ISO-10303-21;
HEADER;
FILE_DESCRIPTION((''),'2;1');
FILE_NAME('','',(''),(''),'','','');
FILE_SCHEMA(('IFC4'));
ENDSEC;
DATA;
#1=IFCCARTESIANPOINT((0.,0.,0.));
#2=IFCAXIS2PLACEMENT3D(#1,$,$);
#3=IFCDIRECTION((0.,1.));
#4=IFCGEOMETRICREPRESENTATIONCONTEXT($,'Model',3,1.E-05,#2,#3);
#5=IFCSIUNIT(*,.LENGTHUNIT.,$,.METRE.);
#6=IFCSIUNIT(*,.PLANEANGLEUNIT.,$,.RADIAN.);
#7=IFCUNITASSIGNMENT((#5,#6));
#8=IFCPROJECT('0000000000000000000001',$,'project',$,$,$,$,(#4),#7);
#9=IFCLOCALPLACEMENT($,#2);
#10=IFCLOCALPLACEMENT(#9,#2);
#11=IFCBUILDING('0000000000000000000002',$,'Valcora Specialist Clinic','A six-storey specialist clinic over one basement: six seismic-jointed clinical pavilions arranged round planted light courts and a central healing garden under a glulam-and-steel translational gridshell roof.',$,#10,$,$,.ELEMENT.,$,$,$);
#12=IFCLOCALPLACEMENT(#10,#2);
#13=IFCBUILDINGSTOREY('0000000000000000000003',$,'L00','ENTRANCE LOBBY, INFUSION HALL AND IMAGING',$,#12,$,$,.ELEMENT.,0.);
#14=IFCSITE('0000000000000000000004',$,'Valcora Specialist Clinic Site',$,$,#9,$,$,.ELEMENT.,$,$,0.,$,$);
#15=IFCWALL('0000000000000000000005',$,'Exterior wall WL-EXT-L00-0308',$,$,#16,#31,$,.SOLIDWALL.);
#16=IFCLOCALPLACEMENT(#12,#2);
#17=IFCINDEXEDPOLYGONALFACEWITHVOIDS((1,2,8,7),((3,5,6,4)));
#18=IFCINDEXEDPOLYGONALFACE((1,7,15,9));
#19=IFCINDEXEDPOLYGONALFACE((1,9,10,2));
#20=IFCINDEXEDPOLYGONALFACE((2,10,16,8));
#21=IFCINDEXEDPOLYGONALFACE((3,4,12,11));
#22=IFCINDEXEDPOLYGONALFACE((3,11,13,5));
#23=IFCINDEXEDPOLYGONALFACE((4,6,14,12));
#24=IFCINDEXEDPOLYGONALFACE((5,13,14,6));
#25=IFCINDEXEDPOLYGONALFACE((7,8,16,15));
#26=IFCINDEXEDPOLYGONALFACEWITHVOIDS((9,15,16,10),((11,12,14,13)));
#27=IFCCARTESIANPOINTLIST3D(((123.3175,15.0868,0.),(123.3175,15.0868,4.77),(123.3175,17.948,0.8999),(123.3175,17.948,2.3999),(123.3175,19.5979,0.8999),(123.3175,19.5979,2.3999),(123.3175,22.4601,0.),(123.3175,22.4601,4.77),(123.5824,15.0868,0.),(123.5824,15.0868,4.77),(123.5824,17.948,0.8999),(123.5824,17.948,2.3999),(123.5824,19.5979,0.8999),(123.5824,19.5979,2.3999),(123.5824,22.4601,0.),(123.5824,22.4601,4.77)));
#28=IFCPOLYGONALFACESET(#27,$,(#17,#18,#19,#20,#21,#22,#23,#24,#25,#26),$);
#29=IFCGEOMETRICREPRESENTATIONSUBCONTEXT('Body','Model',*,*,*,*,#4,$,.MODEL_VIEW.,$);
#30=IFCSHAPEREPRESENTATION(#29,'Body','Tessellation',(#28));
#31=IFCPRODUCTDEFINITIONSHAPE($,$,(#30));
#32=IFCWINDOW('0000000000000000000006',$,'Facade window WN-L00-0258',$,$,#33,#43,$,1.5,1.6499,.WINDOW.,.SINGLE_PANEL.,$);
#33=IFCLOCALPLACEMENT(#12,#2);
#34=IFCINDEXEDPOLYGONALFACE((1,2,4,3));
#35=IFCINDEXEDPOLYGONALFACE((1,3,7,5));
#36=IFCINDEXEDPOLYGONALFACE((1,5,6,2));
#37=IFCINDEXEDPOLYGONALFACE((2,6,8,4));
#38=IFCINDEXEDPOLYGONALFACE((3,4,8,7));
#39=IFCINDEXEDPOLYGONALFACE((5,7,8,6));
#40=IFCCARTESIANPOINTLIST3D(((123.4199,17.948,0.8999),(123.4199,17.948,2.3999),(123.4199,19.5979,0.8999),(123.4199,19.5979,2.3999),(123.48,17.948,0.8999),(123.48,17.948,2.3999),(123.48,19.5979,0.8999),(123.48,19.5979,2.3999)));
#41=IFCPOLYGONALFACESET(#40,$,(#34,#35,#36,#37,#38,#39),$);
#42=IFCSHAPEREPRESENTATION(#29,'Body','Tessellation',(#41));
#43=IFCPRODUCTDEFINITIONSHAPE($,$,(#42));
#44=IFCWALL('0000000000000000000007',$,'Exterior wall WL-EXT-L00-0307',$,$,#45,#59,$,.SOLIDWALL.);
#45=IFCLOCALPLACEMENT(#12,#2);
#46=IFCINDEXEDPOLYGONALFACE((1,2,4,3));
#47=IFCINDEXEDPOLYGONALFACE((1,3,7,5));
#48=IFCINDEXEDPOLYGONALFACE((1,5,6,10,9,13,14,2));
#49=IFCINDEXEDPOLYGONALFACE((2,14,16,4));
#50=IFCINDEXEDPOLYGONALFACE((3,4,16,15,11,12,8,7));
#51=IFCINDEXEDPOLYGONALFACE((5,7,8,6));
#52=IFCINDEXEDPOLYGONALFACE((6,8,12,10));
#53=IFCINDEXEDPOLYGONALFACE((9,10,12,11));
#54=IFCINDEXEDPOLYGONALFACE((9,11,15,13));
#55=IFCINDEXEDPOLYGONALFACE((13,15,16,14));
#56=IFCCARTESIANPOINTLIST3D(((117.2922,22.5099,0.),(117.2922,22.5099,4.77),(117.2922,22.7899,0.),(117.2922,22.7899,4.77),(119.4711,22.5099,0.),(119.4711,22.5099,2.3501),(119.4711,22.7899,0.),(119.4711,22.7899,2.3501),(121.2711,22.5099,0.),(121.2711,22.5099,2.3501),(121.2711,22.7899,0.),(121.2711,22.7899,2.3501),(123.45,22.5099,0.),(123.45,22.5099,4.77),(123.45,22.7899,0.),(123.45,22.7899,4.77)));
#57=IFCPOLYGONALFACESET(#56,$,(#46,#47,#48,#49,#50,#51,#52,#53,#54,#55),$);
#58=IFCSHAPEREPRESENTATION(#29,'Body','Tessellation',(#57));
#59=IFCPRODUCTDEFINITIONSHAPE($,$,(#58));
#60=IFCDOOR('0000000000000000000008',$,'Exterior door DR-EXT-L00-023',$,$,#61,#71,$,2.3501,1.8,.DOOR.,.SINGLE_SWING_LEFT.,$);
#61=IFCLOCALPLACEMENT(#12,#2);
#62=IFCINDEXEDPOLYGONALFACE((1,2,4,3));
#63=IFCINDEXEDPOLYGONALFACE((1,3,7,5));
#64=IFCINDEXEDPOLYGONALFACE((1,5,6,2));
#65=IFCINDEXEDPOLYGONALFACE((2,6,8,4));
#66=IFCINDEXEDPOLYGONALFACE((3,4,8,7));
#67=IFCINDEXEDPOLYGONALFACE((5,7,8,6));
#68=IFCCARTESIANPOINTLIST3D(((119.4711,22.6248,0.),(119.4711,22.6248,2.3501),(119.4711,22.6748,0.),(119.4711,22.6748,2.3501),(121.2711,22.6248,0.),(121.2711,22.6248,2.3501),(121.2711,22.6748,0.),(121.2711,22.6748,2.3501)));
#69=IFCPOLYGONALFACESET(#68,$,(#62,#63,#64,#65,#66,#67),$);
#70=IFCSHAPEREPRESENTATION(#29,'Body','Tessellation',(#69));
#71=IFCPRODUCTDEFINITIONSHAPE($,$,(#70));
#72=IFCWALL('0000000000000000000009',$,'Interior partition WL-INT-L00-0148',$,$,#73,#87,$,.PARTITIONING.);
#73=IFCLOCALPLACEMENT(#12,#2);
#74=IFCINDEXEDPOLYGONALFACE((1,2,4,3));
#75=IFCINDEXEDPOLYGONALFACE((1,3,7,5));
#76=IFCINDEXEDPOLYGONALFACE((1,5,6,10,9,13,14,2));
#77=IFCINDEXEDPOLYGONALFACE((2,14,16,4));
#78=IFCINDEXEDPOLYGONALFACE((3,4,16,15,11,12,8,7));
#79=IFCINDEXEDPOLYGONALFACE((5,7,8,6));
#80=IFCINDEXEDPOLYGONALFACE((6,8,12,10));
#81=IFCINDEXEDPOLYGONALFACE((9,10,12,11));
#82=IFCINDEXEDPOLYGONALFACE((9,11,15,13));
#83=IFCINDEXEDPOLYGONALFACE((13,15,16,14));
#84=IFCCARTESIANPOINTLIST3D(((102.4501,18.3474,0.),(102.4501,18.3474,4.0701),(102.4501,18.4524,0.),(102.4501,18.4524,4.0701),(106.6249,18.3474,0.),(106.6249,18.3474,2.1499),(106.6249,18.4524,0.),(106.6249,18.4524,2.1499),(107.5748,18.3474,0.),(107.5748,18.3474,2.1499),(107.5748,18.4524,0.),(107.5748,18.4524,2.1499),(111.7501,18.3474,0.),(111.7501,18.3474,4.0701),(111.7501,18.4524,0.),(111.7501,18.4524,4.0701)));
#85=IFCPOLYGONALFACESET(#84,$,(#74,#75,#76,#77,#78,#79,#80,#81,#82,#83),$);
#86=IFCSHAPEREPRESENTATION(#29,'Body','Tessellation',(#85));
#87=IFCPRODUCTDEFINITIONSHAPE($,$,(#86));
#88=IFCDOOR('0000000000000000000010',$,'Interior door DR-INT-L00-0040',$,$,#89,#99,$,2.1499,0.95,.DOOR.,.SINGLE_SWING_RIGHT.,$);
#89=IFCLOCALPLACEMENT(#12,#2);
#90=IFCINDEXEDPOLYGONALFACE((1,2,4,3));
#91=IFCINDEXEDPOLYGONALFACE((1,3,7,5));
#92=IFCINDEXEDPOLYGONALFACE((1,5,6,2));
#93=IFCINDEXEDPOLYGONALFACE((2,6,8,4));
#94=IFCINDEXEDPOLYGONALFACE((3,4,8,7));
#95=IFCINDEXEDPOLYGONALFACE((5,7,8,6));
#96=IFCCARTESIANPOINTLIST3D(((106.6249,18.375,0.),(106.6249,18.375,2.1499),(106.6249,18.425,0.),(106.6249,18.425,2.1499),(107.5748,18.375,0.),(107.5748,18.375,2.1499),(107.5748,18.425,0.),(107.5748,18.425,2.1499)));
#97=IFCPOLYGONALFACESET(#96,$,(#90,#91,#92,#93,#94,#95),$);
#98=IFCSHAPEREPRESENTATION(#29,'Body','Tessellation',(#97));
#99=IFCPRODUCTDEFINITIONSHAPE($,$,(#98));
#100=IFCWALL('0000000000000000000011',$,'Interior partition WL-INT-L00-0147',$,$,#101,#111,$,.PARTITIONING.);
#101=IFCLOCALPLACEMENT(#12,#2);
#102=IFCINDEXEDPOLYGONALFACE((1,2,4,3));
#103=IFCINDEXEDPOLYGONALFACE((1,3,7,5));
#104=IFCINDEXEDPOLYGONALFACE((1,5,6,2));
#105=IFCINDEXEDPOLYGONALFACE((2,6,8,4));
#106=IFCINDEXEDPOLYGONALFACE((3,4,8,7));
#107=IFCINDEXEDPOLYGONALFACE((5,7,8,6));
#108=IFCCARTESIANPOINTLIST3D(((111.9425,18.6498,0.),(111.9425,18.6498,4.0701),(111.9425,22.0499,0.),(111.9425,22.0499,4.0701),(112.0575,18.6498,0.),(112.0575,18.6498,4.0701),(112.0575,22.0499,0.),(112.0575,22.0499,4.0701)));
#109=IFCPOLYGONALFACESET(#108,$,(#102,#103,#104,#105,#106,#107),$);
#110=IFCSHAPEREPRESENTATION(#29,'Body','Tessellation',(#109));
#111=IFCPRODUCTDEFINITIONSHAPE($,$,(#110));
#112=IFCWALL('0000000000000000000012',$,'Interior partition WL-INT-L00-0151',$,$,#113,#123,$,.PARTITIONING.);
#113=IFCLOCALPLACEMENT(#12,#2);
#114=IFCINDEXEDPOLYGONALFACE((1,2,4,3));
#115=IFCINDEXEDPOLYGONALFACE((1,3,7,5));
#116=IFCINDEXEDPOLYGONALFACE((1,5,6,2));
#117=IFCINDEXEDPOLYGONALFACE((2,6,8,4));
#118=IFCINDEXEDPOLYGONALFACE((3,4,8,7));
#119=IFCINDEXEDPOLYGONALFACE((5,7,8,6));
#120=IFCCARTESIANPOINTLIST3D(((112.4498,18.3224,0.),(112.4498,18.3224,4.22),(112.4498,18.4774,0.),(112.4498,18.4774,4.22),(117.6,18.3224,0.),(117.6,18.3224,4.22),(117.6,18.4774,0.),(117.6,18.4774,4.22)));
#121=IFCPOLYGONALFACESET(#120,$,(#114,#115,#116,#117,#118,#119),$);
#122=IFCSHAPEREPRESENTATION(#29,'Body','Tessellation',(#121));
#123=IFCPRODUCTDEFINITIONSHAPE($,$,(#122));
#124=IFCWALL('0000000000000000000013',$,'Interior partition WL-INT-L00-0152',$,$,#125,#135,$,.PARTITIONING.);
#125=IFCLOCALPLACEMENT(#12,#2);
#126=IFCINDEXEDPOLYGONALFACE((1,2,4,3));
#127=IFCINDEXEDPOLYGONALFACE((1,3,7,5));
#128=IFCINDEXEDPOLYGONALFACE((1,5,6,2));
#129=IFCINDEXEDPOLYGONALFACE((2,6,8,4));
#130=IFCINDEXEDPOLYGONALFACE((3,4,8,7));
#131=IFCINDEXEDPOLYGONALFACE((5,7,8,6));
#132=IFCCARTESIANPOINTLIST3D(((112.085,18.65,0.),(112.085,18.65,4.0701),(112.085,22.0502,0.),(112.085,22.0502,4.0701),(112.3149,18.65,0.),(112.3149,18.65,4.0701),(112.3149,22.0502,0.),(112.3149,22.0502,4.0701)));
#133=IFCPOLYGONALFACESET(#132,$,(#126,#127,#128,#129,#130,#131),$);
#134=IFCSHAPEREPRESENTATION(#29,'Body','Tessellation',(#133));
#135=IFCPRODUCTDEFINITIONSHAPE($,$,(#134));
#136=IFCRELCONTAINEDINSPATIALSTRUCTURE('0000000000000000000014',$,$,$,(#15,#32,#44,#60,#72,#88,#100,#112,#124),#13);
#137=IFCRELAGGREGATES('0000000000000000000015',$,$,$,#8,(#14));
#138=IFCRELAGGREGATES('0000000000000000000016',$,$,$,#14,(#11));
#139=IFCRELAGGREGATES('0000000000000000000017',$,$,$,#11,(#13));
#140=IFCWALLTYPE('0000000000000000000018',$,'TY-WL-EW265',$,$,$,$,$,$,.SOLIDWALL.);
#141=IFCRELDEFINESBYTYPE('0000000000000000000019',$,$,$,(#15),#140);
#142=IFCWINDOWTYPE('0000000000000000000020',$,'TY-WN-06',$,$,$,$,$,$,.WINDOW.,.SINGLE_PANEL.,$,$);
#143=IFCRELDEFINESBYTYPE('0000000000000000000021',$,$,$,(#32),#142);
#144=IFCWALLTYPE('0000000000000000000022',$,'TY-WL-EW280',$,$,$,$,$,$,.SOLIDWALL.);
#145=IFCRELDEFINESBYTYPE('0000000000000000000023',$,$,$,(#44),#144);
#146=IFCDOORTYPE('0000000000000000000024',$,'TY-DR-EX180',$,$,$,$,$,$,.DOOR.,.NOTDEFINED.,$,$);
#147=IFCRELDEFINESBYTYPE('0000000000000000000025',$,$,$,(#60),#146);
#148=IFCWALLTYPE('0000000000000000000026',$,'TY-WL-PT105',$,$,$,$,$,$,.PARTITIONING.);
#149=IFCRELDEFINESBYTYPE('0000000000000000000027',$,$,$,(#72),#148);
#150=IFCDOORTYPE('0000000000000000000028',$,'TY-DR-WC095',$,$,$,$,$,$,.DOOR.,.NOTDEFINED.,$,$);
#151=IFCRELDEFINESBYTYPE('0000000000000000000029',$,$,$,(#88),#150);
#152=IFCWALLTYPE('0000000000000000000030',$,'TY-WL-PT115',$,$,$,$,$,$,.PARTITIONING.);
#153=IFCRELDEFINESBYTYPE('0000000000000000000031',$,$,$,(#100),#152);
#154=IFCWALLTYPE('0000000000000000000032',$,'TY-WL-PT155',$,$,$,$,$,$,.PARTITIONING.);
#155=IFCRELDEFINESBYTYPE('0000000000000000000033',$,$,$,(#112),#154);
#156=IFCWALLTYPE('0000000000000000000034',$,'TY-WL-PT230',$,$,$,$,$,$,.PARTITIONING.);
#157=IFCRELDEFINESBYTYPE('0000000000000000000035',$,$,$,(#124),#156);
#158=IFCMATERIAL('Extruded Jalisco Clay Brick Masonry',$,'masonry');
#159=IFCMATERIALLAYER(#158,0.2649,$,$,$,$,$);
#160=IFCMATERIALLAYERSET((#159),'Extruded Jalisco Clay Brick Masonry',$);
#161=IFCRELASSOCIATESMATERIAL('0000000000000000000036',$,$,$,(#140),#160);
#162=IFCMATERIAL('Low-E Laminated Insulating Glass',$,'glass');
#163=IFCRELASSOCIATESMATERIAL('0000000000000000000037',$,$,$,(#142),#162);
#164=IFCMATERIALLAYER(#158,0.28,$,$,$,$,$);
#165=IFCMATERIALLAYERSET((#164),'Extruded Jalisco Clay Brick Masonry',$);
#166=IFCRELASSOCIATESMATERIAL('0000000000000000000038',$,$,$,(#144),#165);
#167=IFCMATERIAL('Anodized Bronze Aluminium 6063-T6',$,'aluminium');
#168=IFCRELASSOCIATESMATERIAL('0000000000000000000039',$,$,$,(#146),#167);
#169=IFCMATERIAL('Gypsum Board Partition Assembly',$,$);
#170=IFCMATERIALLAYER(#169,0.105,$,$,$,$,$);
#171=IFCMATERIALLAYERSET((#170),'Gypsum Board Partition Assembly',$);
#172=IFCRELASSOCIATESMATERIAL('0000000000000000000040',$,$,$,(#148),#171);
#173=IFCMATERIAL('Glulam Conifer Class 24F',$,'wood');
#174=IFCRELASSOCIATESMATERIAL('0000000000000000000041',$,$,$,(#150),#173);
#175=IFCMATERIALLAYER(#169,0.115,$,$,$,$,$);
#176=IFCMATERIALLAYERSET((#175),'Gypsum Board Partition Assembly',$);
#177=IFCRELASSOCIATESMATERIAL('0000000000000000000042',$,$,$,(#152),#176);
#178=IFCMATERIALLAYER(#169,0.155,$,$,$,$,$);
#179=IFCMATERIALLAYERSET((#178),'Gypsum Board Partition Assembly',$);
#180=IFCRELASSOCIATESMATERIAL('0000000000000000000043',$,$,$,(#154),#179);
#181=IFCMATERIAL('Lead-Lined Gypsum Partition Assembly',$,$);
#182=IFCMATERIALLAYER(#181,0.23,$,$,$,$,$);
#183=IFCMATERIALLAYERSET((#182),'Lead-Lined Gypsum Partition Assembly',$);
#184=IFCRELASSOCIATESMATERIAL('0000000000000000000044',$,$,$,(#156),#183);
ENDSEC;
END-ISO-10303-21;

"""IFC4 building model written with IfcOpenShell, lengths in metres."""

from ifc_helpers import new_model, si_unit, direction, frame, frame_2d, origin, place, context, subcontext, project, spatial, rectangle, extrude, material, layer, layer_set, type_object, element, fill, save


model = new_model("IFC4")

# Units and contexts
model_context = context("Model", 3, precision=1e-05, world=origin(), true_north=direction((0.0, 1.0)))
body_context = subcontext(model_context, "Body", "Model", "MODEL_VIEW")
ifc_project = project(units=[si_unit("LENGTHUNIT", "METRE"), si_unit("PLANEANGLEUNIT", "RADIAN")], contexts=[model_context])

# Site, building, storey
site_placement = place(None, origin())
site = spatial("IfcSite", under=ifc_project, at=site_placement, Name="Valcora Specialist Clinic Site", CompositionType="ELEMENT", RefElevation=0.0)
building_placement = place(site_placement, origin())
building = spatial("IfcBuilding", under=site, at=building_placement, Name="Valcora Specialist Clinic", Description="A six-storey specialist clinic over one basement: six seismic-jointed clinical pavilions arranged round planted light courts and a central healing garden under a glulam-and-steel translational gridshell roof.", CompositionType="ELEMENT")
storey_placement = place(building_placement, origin())
storey = spatial("IfcBuildingStorey", under=building, at=storey_placement, Name="L00", Description="ENTRANCE LOBBY, INFUSION HALL AND IMAGING", CompositionType="ELEMENT", Elevation=0.0)

# Wall, opening, window
ifc_material_1 = material(Name="Extruded Jalisco Clay Brick Masonry", Category="masonry")
ifc_layer_1 = layer(ifc_material_1, 0.2649)
ifc_layer_set_1 = layer_set([ifc_layer_1], Name="Extruded Jalisco Clay Brick Masonry")
wall_type_1 = type_object("IfcWallType", Name="TY-WL-EW265", PredefinedType="SOLIDWALL", material=ifc_layer_set_1)
wall_1_placement = place(storey_placement, frame((123.45, 22.46, 0.0), z_axis=(0.0, 0.0, 1.0), x_axis=(0.0, -1.0, 0.0)))
wall_1 = element("IfcWall", 1, at=wall_1_placement, inside=storey, type_object=wall_type_1, Name="Exterior wall WL-EXT-L00-0308", PredefinedType="SOLIDWALL", context=body_context, shape_type="SweptSolid", body=[
    extrude(rectangle(XDim=7.3733, YDim=0.2649, at=frame_2d((3.6865, 0.0))), origin(), (0.0, 0.0, 1.0), 4.77),
])
opening_1_placement = place(wall_1_placement, frame((2.8621, 0.0, 0.8999)))
opening_1 = element("IfcOpeningElement", 2, at=opening_1_placement, cuts=wall_1, PredefinedType="OPENING", context=body_context, shape_type="SweptSolid", body=[
    extrude(rectangle(XDim=1.6499, YDim=1.5, at=frame_2d((0.825, 0.75))), frame((0.0, 0.1423, 0.0), z_axis=(0.0, -1.0, 0.0), x_axis=(1.0, 0.0, 0.0)), (0.0, 0.0, 1.0), 0.2849),
])
ifc_material_2 = material(Name="Low-E Laminated Insulating Glass", Category="glass")
window_type = type_object("IfcWindowType", Name="TY-WN-06", PartitioningType="SINGLE_PANEL", PredefinedType="WINDOW", material=ifc_material_2)
window_placement = place(opening_1_placement, origin())
window = element("IfcWindow", 3, at=window_placement, inside=storey, type_object=window_type, Name="Facade window WN-L00-0258", OverallHeight=1.5, OverallWidth=1.6499, PartitioningType="SINGLE_PANEL", PredefinedType="WINDOW", context=body_context, shape_type="SweptSolid", body=[
    extrude(rectangle(XDim=1.6499, YDim=1.5, at=frame_2d((0.825, 0.75))), frame((0.0, 0.03, 0.0), z_axis=(0.0, -1.0, 0.0), x_axis=(1.0, 0.0, 0.0)), (0.0, 0.0, 1.0), 0.0601),
])
fill(opening_1, window)

# Walls, openings, doors
ifc_layer_2 = layer(ifc_material_1, 0.28)
ifc_layer_set_2 = layer_set([ifc_layer_2], Name="Extruded Jalisco Clay Brick Masonry")
wall_type_2 = type_object("IfcWallType", Name="TY-WL-EW280", PredefinedType="SOLIDWALL", material=ifc_layer_set_2)
wall_2_placement = place(storey_placement, frame((117.2922, 22.6499, 0.0), z_axis=(0.0, 0.0, 1.0), x_axis=(1.0, 0.0, 0.0)))
wall_2 = element("IfcWall", 4, at=wall_2_placement, inside=storey, type_object=wall_type_2, Name="Exterior wall WL-EXT-L00-0307", PredefinedType="SOLIDWALL", context=body_context, shape_type="SweptSolid", body=[
    extrude(rectangle(XDim=6.1577, YDim=0.28, at=frame_2d((3.0789, 0.0))), origin(), (0.0, 0.0, 1.0), 4.77),
])
opening_2_placement = place(wall_2_placement, frame((2.179, 0.0, 0.0)))
opening_2 = element("IfcOpeningElement", 5, at=opening_2_placement, cuts=wall_2, PredefinedType="OPENING", context=body_context, shape_type="SweptSolid", body=[
    extrude(rectangle(XDim=1.8, YDim=2.3501, at=frame_2d((0.8999, 1.175))), frame((0.0, 0.1499, 0.0), z_axis=(0.0, -1.0, 0.0), x_axis=(1.0, 0.0, 0.0)), (0.0, 0.0, 1.0), 0.3),
])
ifc_material_3 = material(Name="Anodized Bronze Aluminium 6063-T6", Category="aluminium")
door_type_1 = type_object("IfcDoorType", Name="TY-DR-EX180", OperationType="NOTDEFINED", PredefinedType="DOOR", material=ifc_material_3)
door_1_placement = place(opening_2_placement, origin())
door_1 = element("IfcDoor", 6, at=door_1_placement, inside=storey, type_object=door_type_1, Name="Exterior door DR-EXT-L00-023", OperationType="SINGLE_SWING_LEFT", OverallHeight=2.3501, OverallWidth=1.8, PredefinedType="DOOR", context=body_context, shape_type="SweptSolid", body=[
    extrude(rectangle(XDim=1.8, YDim=2.3501, at=frame_2d((0.8999, 1.175))), frame((0.0, 0.0249, 0.0), z_axis=(0.0, -1.0, 0.0), x_axis=(1.0, 0.0, 0.0)), (0.0, 0.0, 1.0), 0.05),
])
fill(opening_2, door_1)
ifc_material_4 = material(Name="Gypsum Board Partition Assembly")
ifc_layer_3 = layer(ifc_material_4, 0.105)
ifc_layer_set_3 = layer_set([ifc_layer_3], Name="Gypsum Board Partition Assembly")
wall_type_3 = type_object("IfcWallType", Name="TY-WL-PT105", PredefinedType="PARTITIONING", material=ifc_layer_set_3)
wall_3_placement = place(storey_placement, frame((111.75, 18.3999, 0.0), z_axis=(0.0, 0.0, 1.0), x_axis=(-1.0, 0.0, 0.0)))
wall_3 = element("IfcWall", 7, at=wall_3_placement, inside=storey, type_object=wall_type_3, Name="Interior partition WL-INT-L00-0148", PredefinedType="PARTITIONING", context=body_context, shape_type="SweptSolid", body=[
    extrude(rectangle(XDim=9.3, YDim=0.105, at=frame_2d((4.6499, 0.0))), origin(), (0.0, 0.0, 1.0), 4.0701),
])
opening_3_placement = place(wall_3_placement, frame((4.175, 0.0, 0.0)))
opening_3 = element("IfcOpeningElement", 8, at=opening_3_placement, cuts=wall_3, PredefinedType="OPENING", context=body_context, shape_type="SweptSolid", body=[
    extrude(rectangle(XDim=0.95, YDim=2.1499, at=frame_2d((0.4751, 1.075))), frame((0.0, 0.0625, 0.0), z_axis=(0.0, -1.0, 0.0), x_axis=(1.0, 0.0, 0.0)), (0.0, 0.0, 1.0), 0.125),
])
ifc_material_5 = material(Name="Glulam Conifer Class 24F", Category="wood")
door_type_2 = type_object("IfcDoorType", Name="TY-DR-WC095", OperationType="NOTDEFINED", PredefinedType="DOOR", material=ifc_material_5)
door_2_placement = place(opening_3_placement, origin())
door_2 = element("IfcDoor", 9, at=door_2_placement, inside=storey, type_object=door_type_2, Name="Interior door DR-INT-L00-0040", OperationType="SINGLE_SWING_RIGHT", OverallHeight=2.1499, OverallWidth=0.95, PredefinedType="DOOR", context=body_context, shape_type="SweptSolid", body=[
    extrude(rectangle(XDim=0.95, YDim=2.1499, at=frame_2d((0.4751, 1.075))), frame((0.0, 0.0249, 0.0), z_axis=(0.0, -1.0, 0.0), x_axis=(1.0, 0.0, 0.0)), (0.0, 0.0, 1.0), 0.05),
])
fill(opening_3, door_2)

# Walls
ifc_layer_4 = layer(ifc_material_4, 0.115)
ifc_layer_set_4 = layer_set([ifc_layer_4], Name="Gypsum Board Partition Assembly")
wall_type_4 = type_object("IfcWallType", Name="TY-WL-PT115", PredefinedType="PARTITIONING", material=ifc_layer_set_4)
wall_4_placement = place(storey_placement, frame((112.0, 22.05, 0.0), z_axis=(0.0, 0.0, 1.0), x_axis=(0.0, -1.0, 0.0)))
element("IfcWall", 10, at=wall_4_placement, inside=storey, type_object=wall_type_4, Name="Interior partition WL-INT-L00-0147", PredefinedType="PARTITIONING", context=body_context, shape_type="SweptSolid", body=[
    extrude(rectangle(XDim=3.4001, YDim=0.115, at=frame_2d((1.7002, 0.0))), origin(), (0.0, 0.0, 1.0), 4.0701),
])
ifc_layer_5 = layer(ifc_material_4, 0.155)
ifc_layer_set_5 = layer_set([ifc_layer_5], Name="Gypsum Board Partition Assembly")
wall_type_5 = type_object("IfcWallType", Name="TY-WL-PT155", PredefinedType="PARTITIONING", material=ifc_layer_set_5)
wall_5_placement = place(storey_placement, frame((117.6001, 18.3999, 0.0), z_axis=(0.0, 0.0, 1.0), x_axis=(-1.0, 0.0, 0.0)))
element("IfcWall", 11, at=wall_5_placement, inside=storey, type_object=wall_type_5, Name="Interior partition WL-INT-L00-0151", PredefinedType="PARTITIONING", context=body_context, shape_type="SweptSolid", body=[
    extrude(rectangle(XDim=5.1501, YDim=0.155, at=frame_2d((2.5752, 0.0))), origin(), (0.0, 0.0, 1.0), 4.22),
])

# Wall
ifc_material_6 = material(Name="Lead-Lined Gypsum Partition Assembly")
ifc_layer_6 = layer(ifc_material_6, 0.23)
ifc_layer_set_6 = layer_set([ifc_layer_6], Name="Lead-Lined Gypsum Partition Assembly")
wall_type_6 = type_object("IfcWallType", Name="TY-WL-PT230", PredefinedType="PARTITIONING", material=ifc_layer_set_6)
wall_6_placement = place(storey_placement, frame((112.2, 18.6499, 0.0), z_axis=(0.0, 0.0, 1.0), x_axis=(0.0, 1.0, 0.0)))
element("IfcWall", 12, at=wall_6_placement, inside=storey, type_object=wall_type_6, Name="Interior partition WL-INT-L00-0152", PredefinedType="PARTITIONING", context=body_context, shape_type="SweptSolid", body=[
    extrude(rectangle(XDim=3.4001, YDim=0.23, at=frame_2d((1.7002, 0.0))), origin(), (0.0, 0.0, 1.0), 4.0701),
])

save(model, "model.ifc")
